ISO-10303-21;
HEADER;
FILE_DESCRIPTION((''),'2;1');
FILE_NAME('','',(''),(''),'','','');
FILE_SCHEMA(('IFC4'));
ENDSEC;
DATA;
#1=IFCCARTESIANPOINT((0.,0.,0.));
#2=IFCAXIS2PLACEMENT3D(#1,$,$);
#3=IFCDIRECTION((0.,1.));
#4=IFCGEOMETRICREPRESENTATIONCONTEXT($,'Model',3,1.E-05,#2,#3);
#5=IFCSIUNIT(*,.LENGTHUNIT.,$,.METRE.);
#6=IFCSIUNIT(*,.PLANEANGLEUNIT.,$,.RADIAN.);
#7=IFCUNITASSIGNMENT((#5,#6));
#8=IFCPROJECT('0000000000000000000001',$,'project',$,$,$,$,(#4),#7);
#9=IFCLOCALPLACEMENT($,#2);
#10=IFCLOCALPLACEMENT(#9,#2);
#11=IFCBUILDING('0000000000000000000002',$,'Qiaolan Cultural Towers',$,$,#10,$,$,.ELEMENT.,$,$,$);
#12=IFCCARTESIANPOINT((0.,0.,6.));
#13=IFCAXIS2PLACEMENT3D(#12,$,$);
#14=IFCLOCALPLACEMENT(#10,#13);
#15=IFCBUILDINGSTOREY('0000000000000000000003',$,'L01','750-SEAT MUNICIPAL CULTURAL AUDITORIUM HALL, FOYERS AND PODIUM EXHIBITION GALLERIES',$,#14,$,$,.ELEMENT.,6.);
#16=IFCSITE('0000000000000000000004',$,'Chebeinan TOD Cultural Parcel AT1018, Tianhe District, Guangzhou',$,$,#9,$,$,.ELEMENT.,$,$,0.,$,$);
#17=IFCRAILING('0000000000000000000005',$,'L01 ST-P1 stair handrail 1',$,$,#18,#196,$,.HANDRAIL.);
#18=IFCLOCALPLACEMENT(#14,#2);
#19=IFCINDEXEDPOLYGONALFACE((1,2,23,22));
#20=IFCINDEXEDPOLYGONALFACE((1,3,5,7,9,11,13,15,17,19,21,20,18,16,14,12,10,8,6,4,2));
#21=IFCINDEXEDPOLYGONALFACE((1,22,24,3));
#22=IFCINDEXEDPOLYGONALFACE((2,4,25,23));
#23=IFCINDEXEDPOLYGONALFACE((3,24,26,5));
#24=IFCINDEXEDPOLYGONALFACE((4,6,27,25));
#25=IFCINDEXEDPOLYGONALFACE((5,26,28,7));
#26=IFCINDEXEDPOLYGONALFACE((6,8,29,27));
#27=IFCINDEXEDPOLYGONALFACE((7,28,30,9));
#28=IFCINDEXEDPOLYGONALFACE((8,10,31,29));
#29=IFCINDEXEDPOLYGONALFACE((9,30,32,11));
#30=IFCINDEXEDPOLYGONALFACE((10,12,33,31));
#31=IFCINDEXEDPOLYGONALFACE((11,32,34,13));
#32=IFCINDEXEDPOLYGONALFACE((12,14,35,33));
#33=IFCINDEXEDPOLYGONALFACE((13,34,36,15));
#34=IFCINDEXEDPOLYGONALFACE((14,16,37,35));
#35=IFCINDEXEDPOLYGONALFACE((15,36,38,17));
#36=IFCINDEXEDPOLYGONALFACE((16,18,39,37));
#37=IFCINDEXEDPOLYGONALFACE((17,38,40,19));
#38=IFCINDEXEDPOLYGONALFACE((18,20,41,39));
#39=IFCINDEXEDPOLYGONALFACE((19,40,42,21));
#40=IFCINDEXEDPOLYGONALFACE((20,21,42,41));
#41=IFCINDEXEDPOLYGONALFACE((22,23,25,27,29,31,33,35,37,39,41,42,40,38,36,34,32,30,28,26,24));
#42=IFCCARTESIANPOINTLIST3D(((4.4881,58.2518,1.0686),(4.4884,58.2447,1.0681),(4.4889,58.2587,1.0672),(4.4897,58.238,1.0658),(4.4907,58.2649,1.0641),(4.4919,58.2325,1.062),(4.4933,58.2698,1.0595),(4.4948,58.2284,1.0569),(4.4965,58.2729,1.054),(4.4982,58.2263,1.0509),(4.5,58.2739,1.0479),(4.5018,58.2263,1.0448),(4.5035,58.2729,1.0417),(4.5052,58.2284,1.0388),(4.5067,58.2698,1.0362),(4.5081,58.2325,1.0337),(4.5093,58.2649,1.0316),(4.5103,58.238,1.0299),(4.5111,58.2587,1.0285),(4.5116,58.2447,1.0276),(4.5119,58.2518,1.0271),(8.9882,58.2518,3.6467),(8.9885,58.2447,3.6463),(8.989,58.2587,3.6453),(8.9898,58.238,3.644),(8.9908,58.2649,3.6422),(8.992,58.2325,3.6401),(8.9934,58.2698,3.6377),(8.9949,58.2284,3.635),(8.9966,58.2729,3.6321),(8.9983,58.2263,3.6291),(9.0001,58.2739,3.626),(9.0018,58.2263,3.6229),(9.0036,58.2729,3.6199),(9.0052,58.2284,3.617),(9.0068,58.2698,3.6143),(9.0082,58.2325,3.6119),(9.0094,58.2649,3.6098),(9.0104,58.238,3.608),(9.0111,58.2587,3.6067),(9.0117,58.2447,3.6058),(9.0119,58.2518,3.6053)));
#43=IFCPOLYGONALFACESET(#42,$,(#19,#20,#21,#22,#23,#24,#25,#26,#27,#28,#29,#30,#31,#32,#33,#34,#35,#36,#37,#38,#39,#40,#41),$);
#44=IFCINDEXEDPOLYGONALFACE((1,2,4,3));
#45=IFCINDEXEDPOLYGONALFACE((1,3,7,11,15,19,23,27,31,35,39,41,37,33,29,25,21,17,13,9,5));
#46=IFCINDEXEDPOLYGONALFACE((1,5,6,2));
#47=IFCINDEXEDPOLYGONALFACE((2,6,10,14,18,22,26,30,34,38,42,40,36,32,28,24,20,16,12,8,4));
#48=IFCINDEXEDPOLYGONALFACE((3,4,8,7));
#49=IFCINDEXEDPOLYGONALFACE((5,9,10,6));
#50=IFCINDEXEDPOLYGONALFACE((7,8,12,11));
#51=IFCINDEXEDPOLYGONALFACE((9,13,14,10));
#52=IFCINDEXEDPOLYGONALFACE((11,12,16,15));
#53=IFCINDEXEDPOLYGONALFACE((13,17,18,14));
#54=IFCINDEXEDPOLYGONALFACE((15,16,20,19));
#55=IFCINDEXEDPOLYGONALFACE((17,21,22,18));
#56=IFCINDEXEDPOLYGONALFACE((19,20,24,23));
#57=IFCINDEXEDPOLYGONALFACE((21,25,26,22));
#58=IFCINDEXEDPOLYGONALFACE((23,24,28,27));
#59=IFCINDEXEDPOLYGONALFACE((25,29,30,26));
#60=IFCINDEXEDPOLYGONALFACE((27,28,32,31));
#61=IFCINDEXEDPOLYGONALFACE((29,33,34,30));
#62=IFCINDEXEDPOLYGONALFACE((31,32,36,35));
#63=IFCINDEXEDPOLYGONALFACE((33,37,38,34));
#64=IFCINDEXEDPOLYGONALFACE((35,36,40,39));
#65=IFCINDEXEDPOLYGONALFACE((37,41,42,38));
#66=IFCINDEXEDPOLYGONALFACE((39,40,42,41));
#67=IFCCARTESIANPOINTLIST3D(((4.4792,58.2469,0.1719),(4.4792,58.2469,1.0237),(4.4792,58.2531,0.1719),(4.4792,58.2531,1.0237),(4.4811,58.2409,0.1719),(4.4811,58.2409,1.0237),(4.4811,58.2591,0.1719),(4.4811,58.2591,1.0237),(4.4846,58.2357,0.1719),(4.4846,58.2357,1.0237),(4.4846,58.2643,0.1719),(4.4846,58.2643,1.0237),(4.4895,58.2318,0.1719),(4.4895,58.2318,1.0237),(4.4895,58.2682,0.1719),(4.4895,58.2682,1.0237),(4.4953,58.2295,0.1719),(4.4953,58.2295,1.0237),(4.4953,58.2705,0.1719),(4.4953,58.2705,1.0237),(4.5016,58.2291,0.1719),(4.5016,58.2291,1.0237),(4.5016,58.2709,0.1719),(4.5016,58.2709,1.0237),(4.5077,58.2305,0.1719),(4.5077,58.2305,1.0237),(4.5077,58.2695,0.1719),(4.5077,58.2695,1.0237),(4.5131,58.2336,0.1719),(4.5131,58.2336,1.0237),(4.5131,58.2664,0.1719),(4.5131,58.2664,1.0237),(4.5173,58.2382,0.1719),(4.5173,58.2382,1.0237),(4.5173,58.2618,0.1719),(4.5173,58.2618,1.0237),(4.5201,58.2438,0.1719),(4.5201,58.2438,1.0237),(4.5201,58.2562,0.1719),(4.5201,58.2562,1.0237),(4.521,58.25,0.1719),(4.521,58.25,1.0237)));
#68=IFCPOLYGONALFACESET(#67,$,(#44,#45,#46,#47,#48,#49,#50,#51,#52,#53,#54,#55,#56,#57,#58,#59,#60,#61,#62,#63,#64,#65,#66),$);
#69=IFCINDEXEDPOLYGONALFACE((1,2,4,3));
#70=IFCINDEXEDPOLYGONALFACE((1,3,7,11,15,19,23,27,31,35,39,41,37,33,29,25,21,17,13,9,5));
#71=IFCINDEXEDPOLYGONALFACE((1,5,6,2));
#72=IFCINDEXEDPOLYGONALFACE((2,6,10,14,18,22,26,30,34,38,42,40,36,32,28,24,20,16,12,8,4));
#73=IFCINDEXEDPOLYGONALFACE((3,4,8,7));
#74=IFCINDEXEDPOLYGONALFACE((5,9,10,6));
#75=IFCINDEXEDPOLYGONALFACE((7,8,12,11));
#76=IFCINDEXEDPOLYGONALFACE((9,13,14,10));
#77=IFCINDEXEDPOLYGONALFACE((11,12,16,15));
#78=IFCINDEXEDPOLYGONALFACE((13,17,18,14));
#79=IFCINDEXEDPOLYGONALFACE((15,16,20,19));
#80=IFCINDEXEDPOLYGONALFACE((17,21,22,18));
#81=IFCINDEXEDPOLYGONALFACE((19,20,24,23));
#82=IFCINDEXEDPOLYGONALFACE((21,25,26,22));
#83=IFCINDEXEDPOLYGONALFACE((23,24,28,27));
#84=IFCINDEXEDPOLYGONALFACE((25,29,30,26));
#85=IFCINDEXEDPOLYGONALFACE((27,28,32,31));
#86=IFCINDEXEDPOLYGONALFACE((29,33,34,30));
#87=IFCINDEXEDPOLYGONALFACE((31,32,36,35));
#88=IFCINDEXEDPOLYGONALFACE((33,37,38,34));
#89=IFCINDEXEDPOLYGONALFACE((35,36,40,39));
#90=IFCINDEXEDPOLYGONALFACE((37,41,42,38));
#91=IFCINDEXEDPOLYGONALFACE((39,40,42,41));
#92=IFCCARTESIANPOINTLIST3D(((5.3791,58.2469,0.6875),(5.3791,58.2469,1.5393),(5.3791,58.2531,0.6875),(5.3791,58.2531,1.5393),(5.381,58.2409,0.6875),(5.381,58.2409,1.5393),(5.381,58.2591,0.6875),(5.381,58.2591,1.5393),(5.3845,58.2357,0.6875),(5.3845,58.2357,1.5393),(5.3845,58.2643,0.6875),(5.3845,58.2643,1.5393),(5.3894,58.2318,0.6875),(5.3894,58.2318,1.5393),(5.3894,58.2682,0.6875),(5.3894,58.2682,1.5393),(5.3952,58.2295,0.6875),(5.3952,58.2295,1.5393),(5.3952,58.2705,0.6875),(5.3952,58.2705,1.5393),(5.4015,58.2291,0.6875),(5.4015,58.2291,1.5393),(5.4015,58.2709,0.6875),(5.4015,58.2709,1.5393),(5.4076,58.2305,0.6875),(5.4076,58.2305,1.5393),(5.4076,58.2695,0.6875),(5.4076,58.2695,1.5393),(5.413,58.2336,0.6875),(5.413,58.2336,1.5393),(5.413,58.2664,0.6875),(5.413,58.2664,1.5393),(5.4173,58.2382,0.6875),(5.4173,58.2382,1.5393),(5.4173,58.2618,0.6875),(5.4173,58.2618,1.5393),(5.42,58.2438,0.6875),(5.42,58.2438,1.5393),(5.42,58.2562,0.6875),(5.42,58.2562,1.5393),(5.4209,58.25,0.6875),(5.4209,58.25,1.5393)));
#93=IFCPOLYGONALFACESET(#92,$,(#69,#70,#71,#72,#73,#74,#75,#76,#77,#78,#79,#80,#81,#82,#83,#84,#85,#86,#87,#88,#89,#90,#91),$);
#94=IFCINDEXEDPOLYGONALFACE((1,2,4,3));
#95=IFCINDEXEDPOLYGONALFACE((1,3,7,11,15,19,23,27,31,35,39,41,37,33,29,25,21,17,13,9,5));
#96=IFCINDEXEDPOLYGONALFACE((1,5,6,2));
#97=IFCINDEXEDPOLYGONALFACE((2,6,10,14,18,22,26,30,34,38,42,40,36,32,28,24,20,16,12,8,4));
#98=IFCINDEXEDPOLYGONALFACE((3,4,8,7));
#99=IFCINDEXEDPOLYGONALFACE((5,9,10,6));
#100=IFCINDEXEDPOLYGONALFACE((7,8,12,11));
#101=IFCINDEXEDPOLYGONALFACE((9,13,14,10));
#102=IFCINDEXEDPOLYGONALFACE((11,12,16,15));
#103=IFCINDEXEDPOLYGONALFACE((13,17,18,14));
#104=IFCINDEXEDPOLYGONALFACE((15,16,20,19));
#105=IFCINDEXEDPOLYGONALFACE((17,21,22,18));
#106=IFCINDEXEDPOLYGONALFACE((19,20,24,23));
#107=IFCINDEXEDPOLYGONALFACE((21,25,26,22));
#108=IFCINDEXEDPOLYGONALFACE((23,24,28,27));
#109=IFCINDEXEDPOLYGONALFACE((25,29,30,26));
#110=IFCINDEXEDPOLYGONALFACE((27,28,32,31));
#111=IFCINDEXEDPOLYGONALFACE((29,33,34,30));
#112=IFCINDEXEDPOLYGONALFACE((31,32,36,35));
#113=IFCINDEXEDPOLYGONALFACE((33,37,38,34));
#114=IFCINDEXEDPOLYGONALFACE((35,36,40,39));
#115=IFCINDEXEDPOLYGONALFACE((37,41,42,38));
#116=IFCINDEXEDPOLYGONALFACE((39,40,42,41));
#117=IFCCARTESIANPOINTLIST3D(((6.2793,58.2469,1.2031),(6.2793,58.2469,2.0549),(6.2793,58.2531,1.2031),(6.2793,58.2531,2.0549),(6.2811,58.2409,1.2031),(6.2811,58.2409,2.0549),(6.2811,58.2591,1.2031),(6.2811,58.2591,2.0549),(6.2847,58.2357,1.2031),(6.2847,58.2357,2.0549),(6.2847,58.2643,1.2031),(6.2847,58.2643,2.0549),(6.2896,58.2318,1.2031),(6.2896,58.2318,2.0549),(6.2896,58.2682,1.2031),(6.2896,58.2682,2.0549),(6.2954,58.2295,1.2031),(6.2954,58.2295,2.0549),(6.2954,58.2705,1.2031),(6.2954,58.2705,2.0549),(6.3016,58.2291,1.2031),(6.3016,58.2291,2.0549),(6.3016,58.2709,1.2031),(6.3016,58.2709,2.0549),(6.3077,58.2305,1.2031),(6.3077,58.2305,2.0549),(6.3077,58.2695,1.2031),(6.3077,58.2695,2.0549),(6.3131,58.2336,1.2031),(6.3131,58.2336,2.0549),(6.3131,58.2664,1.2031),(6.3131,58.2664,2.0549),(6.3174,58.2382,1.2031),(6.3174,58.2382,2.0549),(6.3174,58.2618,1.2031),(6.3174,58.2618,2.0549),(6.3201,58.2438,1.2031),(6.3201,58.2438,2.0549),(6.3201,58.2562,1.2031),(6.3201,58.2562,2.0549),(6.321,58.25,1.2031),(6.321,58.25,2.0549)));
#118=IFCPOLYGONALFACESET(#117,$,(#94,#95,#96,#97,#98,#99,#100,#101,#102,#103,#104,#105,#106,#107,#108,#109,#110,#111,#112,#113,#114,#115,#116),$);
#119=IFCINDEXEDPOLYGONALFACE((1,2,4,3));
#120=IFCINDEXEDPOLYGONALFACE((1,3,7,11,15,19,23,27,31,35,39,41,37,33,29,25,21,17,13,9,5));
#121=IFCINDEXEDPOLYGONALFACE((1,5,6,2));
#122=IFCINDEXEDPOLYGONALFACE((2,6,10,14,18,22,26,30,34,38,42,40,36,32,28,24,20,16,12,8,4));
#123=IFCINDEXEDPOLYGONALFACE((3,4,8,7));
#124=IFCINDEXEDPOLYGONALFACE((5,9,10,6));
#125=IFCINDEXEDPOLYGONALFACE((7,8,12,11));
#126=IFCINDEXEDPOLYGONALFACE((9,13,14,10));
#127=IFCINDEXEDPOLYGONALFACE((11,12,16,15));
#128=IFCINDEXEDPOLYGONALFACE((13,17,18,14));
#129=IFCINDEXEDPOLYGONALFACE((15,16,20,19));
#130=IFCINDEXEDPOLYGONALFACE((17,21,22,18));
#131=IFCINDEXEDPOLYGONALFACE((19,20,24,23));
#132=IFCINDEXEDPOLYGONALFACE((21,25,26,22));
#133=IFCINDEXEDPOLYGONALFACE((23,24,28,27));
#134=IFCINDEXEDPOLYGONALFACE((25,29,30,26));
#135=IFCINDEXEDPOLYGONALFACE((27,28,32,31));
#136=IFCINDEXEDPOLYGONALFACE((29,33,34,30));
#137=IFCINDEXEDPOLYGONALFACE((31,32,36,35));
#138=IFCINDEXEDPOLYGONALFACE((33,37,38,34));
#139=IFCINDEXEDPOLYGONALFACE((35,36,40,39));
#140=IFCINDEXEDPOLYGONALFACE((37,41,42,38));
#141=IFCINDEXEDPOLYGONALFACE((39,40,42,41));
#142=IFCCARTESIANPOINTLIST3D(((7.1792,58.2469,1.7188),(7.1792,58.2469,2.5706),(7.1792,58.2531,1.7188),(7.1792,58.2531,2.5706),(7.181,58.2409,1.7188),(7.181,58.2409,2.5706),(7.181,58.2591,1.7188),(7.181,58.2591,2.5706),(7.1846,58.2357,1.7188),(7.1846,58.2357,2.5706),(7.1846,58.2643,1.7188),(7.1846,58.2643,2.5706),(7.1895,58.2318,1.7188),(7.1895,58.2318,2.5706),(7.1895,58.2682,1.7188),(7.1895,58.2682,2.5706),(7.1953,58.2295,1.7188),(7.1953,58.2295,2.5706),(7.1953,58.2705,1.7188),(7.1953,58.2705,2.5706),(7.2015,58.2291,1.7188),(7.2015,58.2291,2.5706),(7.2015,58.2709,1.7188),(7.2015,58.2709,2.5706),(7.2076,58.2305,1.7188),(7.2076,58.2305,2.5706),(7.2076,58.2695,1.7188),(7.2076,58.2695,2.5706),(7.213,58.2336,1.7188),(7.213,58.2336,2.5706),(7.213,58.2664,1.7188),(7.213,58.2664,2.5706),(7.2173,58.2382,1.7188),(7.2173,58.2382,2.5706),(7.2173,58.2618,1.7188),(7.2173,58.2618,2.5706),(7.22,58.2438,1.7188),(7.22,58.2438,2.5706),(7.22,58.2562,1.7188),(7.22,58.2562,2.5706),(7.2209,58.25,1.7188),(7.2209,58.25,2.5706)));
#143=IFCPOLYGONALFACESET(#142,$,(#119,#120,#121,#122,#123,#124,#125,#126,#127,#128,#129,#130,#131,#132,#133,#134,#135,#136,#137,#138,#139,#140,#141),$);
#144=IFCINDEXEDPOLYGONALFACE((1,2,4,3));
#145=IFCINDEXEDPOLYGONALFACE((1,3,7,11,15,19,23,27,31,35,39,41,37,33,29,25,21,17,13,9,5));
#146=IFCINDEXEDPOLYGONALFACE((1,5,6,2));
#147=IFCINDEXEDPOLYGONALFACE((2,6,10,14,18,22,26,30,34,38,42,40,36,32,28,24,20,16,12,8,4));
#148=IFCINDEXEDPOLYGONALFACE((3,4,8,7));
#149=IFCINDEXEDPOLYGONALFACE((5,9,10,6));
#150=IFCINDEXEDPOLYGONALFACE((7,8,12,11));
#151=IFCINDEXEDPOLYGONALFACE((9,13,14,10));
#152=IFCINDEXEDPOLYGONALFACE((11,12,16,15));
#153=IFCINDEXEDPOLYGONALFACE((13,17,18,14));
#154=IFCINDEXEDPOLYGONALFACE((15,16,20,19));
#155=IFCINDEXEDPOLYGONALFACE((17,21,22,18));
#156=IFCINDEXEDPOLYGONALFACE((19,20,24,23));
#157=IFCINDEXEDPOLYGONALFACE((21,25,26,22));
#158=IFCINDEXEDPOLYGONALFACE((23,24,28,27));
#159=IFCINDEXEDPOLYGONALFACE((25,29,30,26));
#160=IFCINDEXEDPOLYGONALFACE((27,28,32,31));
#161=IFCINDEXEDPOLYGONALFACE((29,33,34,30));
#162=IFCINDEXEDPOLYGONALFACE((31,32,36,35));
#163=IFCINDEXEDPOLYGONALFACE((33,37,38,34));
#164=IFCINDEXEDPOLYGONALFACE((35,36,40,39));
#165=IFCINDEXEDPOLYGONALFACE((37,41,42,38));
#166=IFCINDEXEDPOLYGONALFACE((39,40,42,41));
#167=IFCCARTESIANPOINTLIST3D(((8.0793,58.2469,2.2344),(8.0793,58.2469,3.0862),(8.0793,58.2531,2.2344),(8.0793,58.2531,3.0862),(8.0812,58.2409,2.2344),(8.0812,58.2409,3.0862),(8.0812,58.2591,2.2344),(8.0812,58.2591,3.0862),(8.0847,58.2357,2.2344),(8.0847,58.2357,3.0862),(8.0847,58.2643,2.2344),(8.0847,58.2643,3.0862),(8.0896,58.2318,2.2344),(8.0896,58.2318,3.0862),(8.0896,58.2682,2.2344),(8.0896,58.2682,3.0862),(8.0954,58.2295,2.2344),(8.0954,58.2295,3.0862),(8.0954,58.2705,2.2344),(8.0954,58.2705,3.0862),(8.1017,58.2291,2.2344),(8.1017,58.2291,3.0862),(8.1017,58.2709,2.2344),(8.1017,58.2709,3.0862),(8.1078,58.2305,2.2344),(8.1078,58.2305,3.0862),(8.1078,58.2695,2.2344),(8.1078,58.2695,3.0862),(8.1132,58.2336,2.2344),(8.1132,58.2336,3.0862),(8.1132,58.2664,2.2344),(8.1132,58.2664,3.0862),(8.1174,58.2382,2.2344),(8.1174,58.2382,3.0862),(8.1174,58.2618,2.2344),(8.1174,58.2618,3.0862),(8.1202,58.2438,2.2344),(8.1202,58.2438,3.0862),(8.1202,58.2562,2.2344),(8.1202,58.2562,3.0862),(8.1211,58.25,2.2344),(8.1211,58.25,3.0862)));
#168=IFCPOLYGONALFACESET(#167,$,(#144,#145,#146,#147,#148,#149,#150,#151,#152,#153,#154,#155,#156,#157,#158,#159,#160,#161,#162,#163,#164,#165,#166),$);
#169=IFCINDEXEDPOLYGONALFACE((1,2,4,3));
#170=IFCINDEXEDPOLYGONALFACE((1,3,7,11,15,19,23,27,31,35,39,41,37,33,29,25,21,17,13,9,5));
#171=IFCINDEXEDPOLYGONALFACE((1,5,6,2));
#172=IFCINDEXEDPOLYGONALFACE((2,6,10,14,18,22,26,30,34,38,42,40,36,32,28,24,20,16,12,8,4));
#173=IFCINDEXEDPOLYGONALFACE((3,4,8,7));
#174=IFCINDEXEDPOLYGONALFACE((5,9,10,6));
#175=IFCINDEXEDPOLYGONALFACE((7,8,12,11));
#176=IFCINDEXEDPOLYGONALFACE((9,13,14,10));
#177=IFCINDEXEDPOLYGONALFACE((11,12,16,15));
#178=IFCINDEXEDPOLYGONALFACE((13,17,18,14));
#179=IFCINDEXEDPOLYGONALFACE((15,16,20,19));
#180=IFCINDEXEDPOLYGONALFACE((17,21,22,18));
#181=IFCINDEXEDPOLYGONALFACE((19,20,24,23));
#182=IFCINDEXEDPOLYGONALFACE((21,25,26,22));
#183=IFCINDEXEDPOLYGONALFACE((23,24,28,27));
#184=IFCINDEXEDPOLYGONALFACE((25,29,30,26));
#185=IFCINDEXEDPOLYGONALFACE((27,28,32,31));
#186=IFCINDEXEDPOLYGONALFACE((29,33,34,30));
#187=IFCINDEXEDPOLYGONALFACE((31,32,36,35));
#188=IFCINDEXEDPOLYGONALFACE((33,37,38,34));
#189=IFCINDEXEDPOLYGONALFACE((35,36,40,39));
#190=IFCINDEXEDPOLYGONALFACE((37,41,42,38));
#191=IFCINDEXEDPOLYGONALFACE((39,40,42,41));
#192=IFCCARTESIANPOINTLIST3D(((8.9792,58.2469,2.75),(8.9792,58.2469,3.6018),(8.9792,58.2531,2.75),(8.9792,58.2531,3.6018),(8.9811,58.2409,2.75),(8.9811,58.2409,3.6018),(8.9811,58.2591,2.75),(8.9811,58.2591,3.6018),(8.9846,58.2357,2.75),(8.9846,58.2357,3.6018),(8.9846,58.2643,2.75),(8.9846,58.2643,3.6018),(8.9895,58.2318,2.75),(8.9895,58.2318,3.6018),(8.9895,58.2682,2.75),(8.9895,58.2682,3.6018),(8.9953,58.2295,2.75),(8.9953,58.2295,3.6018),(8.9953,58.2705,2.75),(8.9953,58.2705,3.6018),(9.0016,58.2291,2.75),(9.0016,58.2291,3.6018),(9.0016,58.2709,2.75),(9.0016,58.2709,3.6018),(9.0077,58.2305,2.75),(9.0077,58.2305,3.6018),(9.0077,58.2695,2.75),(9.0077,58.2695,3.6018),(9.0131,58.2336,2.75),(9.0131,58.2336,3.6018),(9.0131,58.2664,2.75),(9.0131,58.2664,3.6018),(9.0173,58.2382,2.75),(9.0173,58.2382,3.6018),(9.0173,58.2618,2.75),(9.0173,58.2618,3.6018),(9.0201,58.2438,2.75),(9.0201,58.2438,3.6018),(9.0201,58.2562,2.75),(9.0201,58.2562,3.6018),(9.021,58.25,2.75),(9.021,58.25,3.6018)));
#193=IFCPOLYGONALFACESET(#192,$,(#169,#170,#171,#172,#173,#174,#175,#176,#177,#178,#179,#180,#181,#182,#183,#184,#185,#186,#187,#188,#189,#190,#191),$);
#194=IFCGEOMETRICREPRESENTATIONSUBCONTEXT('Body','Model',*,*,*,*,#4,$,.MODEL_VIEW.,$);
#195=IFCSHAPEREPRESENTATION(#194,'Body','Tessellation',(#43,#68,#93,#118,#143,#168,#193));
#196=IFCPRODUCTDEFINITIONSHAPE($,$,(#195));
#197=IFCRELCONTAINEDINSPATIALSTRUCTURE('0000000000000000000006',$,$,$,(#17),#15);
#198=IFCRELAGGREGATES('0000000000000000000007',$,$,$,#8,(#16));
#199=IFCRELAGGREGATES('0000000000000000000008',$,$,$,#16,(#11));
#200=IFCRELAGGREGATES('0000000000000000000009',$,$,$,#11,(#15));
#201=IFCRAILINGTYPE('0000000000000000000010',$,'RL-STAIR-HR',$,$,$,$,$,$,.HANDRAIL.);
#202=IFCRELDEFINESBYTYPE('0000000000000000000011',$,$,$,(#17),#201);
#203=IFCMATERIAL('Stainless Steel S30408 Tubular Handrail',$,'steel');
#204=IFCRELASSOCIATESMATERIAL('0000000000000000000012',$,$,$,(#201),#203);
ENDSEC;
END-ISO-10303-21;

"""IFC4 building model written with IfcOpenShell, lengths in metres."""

from ifc_helpers import new_model, si_unit, direction, frame, origin, origin_2d, place, context, subcontext, project, spatial, circle, extrude, material, type_object, element, save


model = new_model("IFC4")

# Units and contexts
model_context = context("Model", 3, precision=1e-05, world=origin(), true_north=direction((0.0, 1.0)))
body_context = subcontext(model_context, "Body", "Model", "MODEL_VIEW")
ifc_project = project(units=[si_unit("LENGTHUNIT", "METRE"), si_unit("PLANEANGLEUNIT", "RADIAN")], contexts=[model_context])

# Site, building, storey
site_placement = place(None, origin())
site = spatial("IfcSite", under=ifc_project, at=site_placement, Name="Chebeinan TOD Cultural Parcel AT1018, Tianhe District, Guangzhou", CompositionType="ELEMENT", RefElevation=0.0)
building_placement = place(site_placement, origin())
building = spatial("IfcBuilding", under=site, at=building_placement, Name="Qiaolan Cultural Towers", CompositionType="ELEMENT")
storey_placement = place(building_placement, frame((0.0, 0.0, 6.0)))
storey = spatial("IfcBuildingStorey", under=building, at=storey_placement, Name="L01", Description="750-SEAT MUNICIPAL CULTURAL AUDITORIUM HALL, FOYERS AND PODIUM EXHIBITION GALLERIES", CompositionType="ELEMENT", Elevation=6.0)

# Railing
ifc_material_1 = material(Name="Stainless Steel S30408 Tubular Handrail", Category="steel")
railing_type_1 = type_object("IfcRailingType", Name="RL-STAIR-HR", PredefinedType="HANDRAIL", material=ifc_material_1)
railing_1_placement = place(storey_placement, frame((4.5, 58.25, 0.1719)))
element("IfcRailing", 1, at=railing_1_placement, inside=storey, type_object=railing_type_1, Name="L01 ST-P1 stair handrail 1", PredefinedType="HANDRAIL", context=body_context, shape_type="SweptSolid", body=[
    extrude(circle(Radius=0.0239, at=origin_2d()), frame((0.0, 0.0, 0.876), z_axis=(0.867686, 0.0, 0.497112), x_axis=(0.0, 1.0, 0.0)), (0.0, 0.0, 1.0), 5.1863),
    extrude(circle(Radius=0.021, at=origin_2d()), origin(), (0.0, 0.0, 1.0), 0.8518),
    extrude(circle(Radius=0.021, at=origin_2d()), frame((0.8999, 0.0, 0.5156)), (0.0, 0.0, 1.0), 0.8518),
    extrude(circle(Radius=0.021, at=origin_2d()), frame((1.8, 0.0, 1.0312)), (0.0, 0.0, 1.0), 0.8518),
    extrude(circle(Radius=0.021, at=origin_2d()), frame((2.7, 0.0, 1.5469)), (0.0, 0.0, 1.0), 0.8518),
    extrude(circle(Radius=0.021, at=origin_2d()), frame((3.6001, 0.0, 2.0625)), (0.0, 0.0, 1.0), 0.8518),
    extrude(circle(Radius=0.021, at=origin_2d()), frame((4.5, 0.0, 2.5781)), (0.0, 0.0, 1.0), 0.8518),
])

save(model, "model.ifc")
